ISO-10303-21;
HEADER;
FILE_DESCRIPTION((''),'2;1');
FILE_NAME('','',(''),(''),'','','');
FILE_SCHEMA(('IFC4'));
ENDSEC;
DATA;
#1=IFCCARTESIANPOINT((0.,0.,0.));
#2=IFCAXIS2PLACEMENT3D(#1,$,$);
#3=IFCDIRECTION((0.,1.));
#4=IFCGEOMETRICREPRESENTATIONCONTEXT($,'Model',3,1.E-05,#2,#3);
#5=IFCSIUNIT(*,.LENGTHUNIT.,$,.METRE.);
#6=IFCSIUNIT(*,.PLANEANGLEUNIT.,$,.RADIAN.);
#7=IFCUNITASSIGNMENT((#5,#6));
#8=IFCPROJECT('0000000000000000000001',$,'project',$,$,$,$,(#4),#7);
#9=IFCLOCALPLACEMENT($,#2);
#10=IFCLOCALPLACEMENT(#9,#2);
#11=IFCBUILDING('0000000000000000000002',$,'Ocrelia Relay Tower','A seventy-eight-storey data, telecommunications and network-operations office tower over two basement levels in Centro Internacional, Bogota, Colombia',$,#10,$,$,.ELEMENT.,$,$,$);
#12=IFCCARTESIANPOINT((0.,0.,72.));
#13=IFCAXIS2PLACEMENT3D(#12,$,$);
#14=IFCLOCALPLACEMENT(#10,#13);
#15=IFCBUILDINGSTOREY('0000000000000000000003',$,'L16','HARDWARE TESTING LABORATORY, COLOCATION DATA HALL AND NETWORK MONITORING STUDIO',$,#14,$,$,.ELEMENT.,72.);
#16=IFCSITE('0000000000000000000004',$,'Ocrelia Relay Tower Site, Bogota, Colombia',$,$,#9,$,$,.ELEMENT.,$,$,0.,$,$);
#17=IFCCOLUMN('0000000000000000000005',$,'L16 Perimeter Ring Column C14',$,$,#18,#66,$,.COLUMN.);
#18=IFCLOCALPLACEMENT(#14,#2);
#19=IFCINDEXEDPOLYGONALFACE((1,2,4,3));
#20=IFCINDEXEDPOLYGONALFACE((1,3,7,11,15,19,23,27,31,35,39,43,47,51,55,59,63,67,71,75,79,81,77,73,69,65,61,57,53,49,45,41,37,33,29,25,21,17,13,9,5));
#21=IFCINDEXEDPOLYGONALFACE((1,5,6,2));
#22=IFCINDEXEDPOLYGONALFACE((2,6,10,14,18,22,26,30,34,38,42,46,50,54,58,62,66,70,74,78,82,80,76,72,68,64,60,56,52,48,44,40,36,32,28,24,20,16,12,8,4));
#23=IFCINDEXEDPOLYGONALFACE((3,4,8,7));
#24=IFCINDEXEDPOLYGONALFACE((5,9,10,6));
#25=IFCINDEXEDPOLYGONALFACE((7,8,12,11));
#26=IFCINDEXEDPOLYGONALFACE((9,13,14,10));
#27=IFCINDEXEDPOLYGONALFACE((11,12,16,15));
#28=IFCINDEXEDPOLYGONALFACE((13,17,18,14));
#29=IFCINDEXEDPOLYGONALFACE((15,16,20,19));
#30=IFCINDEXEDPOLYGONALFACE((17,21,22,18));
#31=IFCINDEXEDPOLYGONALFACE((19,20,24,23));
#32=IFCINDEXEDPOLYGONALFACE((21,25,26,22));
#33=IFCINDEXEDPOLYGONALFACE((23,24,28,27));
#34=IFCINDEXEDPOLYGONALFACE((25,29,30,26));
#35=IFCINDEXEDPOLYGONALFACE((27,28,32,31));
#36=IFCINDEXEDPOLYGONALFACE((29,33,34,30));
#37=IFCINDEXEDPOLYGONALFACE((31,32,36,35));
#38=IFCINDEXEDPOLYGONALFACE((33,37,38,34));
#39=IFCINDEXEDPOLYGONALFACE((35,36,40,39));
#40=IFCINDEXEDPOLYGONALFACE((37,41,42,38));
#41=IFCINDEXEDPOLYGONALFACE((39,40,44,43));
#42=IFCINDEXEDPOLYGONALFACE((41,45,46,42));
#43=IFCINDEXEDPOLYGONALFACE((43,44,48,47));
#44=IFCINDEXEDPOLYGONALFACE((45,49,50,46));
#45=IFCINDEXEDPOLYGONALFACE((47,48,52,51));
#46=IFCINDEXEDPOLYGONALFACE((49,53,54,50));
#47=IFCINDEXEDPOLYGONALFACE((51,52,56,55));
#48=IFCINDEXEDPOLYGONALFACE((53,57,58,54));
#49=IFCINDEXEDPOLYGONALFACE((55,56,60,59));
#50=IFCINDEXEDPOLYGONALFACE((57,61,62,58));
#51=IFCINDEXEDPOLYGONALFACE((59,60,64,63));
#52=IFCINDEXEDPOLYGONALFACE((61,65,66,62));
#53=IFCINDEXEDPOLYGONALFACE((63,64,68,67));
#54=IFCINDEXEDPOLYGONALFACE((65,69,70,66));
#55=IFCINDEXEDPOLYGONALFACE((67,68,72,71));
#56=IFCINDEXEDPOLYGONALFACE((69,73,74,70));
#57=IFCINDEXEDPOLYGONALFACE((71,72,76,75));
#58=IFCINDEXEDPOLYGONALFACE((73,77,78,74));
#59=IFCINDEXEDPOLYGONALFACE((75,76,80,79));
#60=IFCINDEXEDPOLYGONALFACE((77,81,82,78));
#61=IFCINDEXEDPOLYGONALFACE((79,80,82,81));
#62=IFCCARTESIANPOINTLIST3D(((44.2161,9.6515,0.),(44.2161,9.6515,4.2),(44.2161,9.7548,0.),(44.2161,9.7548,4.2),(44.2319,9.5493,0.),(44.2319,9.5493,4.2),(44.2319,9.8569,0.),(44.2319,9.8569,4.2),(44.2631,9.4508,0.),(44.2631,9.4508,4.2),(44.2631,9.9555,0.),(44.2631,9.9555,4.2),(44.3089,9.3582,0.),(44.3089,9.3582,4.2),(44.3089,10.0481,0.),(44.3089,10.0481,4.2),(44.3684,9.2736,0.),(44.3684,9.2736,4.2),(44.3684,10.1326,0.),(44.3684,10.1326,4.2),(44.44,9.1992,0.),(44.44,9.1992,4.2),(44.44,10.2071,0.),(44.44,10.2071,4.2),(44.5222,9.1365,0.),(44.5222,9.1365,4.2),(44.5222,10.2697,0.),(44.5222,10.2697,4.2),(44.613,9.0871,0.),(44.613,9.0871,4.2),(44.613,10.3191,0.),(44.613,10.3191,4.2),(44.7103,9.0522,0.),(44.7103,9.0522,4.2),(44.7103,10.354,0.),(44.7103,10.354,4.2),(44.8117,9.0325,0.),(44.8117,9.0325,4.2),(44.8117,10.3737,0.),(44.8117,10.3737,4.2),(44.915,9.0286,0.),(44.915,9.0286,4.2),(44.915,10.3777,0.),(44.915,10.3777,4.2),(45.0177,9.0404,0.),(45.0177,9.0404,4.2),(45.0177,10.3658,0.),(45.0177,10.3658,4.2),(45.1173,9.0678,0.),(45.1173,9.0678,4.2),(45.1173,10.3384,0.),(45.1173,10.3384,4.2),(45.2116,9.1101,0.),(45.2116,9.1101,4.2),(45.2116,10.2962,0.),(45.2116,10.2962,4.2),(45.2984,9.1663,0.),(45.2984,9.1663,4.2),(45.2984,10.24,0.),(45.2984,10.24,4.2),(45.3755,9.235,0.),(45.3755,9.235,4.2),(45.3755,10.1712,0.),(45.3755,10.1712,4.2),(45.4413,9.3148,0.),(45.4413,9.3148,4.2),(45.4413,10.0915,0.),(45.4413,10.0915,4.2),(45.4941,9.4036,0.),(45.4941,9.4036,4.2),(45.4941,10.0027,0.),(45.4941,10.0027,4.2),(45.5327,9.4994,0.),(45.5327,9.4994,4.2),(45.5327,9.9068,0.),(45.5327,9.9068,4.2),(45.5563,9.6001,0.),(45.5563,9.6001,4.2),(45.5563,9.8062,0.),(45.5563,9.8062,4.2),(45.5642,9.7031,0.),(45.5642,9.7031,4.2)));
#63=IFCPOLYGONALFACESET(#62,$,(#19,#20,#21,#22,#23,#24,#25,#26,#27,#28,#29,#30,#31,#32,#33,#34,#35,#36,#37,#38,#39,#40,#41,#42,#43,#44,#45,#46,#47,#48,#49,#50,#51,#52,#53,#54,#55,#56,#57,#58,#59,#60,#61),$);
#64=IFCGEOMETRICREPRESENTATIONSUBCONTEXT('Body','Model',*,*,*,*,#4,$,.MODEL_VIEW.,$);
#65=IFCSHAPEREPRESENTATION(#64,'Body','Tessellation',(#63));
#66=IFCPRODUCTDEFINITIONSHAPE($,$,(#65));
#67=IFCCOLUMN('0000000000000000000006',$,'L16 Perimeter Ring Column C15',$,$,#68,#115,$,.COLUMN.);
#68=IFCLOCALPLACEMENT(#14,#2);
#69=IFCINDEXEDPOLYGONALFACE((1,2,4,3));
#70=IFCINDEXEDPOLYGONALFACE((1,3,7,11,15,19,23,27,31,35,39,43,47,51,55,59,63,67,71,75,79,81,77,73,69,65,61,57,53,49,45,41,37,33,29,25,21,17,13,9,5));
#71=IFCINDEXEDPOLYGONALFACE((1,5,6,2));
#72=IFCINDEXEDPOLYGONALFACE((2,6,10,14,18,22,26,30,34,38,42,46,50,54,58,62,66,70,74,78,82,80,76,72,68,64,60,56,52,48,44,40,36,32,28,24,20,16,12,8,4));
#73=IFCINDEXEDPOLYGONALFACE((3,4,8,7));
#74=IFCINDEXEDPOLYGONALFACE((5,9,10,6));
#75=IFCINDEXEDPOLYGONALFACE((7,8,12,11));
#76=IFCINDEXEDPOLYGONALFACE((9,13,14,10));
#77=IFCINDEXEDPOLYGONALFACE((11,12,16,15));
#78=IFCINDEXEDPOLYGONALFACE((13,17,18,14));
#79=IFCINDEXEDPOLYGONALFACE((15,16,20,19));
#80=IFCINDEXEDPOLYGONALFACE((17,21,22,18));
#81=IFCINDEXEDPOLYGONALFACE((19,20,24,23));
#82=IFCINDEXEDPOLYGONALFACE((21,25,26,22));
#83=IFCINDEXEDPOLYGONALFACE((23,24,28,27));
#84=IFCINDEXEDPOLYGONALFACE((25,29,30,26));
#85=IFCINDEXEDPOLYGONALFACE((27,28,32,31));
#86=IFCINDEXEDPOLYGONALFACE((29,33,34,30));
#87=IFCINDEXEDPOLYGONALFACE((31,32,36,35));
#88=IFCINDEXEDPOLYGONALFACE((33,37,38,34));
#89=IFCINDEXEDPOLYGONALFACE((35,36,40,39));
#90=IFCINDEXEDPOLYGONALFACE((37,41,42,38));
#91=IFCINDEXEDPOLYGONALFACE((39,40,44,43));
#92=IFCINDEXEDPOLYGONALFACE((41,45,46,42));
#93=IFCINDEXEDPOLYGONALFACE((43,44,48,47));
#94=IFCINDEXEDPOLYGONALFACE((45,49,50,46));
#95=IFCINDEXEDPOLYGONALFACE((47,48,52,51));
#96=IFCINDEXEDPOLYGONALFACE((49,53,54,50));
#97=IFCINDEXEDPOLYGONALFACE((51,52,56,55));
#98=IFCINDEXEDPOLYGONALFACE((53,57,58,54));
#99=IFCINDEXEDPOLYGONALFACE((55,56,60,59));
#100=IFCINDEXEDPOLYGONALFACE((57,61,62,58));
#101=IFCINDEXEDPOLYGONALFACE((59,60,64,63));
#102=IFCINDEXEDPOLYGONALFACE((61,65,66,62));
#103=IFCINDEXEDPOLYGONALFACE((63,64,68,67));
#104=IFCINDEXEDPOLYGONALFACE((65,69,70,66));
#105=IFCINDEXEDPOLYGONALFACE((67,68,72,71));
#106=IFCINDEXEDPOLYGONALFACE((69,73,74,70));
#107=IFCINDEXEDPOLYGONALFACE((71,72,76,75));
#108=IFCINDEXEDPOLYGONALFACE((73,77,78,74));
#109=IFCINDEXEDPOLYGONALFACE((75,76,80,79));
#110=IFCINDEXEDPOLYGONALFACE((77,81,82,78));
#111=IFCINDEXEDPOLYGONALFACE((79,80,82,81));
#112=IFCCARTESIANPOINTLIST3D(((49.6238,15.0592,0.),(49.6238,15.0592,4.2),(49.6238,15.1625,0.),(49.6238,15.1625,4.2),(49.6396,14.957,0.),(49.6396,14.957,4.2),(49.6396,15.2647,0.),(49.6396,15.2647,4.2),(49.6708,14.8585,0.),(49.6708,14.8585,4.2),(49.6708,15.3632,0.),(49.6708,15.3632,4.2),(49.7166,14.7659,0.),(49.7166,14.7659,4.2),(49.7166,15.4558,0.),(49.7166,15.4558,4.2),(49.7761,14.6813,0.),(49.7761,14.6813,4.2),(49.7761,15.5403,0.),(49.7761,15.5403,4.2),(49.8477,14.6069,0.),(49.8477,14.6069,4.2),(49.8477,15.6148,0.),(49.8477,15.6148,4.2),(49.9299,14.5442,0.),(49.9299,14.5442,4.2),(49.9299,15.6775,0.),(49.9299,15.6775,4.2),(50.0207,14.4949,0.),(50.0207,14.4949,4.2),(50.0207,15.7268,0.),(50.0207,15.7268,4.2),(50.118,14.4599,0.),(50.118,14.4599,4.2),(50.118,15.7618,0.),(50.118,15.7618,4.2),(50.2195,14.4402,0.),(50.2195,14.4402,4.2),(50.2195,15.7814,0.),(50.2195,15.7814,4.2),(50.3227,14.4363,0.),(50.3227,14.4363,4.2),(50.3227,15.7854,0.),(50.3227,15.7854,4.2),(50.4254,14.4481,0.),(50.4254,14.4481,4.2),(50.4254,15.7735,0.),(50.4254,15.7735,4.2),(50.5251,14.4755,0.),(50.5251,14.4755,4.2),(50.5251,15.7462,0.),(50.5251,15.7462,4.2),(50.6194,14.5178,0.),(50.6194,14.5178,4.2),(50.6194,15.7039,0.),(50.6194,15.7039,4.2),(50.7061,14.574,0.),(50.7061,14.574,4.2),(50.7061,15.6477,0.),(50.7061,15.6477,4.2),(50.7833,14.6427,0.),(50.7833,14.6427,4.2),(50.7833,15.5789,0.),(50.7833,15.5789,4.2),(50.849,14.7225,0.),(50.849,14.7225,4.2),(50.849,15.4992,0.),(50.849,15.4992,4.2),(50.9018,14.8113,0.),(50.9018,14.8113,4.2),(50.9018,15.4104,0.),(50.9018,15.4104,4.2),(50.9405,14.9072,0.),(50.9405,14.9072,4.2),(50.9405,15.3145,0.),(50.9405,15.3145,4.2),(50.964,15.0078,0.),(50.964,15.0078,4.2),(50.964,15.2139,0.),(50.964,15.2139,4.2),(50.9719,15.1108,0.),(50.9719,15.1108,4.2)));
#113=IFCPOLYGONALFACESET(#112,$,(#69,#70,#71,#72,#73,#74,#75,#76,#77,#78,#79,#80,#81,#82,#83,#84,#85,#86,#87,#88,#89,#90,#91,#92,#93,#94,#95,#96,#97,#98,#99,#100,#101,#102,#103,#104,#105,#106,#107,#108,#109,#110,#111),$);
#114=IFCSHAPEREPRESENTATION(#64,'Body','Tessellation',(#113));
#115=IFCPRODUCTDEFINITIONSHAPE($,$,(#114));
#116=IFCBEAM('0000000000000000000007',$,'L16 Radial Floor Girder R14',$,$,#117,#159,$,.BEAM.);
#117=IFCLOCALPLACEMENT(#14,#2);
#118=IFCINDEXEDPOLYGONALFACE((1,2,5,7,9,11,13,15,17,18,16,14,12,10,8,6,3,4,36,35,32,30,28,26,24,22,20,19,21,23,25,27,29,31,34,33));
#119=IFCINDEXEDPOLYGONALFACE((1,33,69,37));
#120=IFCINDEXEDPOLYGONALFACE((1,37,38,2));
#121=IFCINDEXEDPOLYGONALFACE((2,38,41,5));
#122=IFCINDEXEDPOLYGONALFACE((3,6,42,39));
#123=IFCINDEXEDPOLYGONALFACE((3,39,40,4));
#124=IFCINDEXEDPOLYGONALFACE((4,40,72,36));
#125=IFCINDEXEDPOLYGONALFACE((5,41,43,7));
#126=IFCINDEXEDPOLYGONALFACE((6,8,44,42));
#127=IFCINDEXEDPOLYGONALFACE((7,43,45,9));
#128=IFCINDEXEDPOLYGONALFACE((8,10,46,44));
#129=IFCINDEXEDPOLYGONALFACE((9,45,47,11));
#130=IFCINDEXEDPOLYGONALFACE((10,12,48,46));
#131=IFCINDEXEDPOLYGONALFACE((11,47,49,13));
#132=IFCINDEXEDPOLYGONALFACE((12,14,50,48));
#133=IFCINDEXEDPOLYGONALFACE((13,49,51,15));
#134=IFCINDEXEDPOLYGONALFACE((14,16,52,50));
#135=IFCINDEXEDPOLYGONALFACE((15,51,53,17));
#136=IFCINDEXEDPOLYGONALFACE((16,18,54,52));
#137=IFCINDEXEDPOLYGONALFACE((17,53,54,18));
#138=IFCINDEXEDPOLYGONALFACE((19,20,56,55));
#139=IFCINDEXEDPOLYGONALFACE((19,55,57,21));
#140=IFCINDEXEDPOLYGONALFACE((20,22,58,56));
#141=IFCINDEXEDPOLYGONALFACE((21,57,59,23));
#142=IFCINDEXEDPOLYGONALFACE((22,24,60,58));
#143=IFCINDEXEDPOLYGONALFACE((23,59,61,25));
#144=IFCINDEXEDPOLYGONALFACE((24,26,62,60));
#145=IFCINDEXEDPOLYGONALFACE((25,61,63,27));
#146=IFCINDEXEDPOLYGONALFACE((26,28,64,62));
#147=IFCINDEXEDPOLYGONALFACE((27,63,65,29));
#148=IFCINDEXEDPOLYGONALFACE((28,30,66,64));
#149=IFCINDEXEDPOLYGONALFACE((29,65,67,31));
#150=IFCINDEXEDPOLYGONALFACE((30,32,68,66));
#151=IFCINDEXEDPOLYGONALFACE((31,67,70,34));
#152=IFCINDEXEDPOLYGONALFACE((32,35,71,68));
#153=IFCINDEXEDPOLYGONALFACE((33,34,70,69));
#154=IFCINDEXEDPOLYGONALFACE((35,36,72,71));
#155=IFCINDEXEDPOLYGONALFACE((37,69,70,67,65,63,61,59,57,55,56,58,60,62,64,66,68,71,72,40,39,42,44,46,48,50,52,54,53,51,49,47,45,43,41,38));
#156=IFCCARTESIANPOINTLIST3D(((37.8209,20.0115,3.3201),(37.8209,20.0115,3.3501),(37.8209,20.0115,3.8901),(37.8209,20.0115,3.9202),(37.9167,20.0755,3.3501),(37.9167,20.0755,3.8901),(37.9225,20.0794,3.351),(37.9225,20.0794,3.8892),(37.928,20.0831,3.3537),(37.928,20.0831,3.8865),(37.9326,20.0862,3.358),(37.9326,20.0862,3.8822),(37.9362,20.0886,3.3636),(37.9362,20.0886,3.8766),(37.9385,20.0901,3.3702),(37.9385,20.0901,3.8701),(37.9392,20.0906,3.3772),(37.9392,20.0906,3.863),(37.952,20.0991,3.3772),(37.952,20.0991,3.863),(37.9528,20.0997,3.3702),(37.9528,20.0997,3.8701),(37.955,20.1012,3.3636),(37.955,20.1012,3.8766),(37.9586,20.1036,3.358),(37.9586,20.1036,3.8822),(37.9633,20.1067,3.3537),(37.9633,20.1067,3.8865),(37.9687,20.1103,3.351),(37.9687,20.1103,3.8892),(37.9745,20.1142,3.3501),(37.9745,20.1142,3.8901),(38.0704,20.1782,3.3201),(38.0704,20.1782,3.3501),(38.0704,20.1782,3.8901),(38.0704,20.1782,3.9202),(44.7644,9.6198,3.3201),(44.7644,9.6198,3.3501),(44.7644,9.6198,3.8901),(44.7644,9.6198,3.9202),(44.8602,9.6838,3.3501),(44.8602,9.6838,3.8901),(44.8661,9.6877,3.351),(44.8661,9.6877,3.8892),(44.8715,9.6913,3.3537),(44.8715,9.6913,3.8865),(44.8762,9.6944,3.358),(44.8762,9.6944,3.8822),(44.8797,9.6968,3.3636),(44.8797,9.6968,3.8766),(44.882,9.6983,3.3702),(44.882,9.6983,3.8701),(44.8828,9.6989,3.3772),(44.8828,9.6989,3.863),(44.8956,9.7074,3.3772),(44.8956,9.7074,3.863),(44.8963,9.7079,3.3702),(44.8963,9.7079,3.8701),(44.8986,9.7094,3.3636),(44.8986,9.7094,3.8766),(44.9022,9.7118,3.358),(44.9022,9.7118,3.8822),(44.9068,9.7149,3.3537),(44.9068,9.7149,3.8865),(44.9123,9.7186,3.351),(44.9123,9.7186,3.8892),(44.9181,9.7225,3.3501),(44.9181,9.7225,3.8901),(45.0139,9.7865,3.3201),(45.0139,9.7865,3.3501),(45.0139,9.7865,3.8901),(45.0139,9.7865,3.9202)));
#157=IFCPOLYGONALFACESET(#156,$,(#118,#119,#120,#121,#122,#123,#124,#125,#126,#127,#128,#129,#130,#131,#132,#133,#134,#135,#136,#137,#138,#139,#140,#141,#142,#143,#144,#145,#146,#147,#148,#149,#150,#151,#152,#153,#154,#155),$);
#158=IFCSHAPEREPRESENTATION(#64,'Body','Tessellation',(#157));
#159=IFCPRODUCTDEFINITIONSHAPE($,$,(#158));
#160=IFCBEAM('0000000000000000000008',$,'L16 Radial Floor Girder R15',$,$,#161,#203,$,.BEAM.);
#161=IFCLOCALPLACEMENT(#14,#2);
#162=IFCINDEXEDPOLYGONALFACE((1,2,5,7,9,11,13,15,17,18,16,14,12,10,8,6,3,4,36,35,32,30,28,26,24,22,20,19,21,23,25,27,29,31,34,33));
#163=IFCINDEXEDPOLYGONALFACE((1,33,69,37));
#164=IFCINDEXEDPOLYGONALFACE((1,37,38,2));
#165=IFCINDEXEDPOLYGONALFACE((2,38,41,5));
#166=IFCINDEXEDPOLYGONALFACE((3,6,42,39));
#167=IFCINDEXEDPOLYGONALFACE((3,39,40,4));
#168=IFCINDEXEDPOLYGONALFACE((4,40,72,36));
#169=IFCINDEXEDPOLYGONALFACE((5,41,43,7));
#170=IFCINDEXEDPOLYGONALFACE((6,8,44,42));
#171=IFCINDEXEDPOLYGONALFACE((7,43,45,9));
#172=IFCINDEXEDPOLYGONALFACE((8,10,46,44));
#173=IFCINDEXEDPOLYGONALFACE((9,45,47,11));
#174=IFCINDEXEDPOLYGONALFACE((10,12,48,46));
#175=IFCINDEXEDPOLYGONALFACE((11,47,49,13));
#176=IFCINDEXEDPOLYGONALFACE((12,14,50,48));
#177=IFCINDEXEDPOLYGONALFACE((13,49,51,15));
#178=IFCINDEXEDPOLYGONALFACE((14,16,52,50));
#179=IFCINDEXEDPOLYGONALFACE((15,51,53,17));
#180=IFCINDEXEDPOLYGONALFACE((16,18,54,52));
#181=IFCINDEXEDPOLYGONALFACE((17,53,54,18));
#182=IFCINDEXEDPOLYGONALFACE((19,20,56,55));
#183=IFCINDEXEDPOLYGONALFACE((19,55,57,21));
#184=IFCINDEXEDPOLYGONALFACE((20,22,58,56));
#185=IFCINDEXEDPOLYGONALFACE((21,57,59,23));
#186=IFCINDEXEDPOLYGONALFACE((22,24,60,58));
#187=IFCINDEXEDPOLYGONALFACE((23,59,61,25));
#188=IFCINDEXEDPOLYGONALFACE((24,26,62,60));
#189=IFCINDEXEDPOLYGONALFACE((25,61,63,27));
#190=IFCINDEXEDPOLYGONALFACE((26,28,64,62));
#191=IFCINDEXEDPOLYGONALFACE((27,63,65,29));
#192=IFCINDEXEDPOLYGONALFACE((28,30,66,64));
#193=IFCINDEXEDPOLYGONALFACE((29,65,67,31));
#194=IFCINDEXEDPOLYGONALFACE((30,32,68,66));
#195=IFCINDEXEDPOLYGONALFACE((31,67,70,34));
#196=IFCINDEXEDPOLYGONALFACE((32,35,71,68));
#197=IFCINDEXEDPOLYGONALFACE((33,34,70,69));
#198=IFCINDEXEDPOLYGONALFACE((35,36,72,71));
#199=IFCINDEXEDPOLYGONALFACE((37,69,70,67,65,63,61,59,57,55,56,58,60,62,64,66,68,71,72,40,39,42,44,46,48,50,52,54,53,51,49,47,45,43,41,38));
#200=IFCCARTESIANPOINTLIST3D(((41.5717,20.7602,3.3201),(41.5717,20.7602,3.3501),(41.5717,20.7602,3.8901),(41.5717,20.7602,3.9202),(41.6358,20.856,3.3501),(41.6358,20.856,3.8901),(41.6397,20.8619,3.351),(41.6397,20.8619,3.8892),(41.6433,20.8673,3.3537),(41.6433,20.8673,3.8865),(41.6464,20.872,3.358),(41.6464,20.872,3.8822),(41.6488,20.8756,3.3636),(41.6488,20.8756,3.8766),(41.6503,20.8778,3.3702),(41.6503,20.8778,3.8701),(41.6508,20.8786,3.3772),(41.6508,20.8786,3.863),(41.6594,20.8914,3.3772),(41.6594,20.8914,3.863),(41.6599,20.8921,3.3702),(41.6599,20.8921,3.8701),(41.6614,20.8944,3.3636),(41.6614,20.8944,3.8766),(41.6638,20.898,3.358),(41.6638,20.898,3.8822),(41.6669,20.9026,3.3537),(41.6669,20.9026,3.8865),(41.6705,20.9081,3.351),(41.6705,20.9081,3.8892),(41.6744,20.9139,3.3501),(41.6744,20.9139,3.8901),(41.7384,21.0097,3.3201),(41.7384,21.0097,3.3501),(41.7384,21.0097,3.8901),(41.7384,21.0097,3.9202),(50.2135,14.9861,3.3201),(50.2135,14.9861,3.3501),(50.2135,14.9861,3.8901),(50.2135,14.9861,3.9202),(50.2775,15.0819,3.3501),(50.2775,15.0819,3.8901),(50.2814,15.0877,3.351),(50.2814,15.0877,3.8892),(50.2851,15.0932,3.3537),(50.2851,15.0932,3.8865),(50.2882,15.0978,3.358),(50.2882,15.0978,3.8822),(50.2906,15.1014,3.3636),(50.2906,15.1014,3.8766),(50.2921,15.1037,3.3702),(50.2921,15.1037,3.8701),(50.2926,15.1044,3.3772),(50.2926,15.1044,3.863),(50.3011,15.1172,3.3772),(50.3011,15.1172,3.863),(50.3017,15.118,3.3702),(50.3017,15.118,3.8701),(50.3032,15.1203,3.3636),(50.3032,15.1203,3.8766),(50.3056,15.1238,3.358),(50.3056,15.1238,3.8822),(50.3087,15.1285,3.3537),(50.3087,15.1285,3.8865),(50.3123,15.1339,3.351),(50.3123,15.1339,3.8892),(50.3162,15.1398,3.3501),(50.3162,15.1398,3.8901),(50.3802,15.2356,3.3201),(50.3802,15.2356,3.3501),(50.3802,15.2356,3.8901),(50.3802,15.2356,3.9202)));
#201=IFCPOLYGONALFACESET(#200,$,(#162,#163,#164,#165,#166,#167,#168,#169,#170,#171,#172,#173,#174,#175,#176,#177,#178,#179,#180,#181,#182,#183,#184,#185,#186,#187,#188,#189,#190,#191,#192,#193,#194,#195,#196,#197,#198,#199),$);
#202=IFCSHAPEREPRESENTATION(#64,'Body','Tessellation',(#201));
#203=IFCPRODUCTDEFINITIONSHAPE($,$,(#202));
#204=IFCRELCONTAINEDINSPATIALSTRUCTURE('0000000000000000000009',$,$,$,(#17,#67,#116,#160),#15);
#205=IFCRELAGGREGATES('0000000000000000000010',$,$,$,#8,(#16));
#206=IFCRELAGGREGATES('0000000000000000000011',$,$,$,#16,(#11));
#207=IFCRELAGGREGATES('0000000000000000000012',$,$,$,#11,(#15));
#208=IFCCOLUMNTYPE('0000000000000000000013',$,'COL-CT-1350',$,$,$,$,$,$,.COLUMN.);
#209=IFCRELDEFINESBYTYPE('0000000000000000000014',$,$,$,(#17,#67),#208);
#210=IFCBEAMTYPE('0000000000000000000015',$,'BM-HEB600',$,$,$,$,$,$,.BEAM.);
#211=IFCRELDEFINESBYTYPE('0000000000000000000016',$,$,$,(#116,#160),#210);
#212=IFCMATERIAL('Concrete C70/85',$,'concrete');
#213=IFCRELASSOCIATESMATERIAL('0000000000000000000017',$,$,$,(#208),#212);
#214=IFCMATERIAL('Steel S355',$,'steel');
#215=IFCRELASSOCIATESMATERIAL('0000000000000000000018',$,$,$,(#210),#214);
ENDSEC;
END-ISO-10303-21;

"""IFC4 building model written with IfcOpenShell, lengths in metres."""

from ifc_helpers import new_model, si_unit, direction, frame, origin, origin_2d, place, context, subcontext, project, spatial, circle, i_section, extrude, material, material_profile, profile_set, type_object, element, save


model = new_model("IFC4")

# Units and contexts
model_context = context("Model", 3, precision=1e-05, world=origin(), true_north=direction((0.0, 1.0)))
body_context = subcontext(model_context, "Body", "Model", "MODEL_VIEW")
ifc_project = project(units=[si_unit("LENGTHUNIT", "METRE"), si_unit("PLANEANGLEUNIT", "RADIAN")], contexts=[model_context])

# Site, building, storey
site_placement = place(None, origin())
site = spatial("IfcSite", under=ifc_project, at=site_placement, Name="Ocrelia Relay Tower Site, Bogota, Colombia", CompositionType="ELEMENT", RefElevation=0.0)
building_placement = place(site_placement, origin())
building = spatial("IfcBuilding", under=site, at=building_placement, Name="Ocrelia Relay Tower", Description="A seventy-eight-storey data, telecommunications and network-operations office tower over two basement levels in Centro Internacional, Bogota, Colombia", CompositionType="ELEMENT")
storey_placement = place(building_placement, frame((0.0, 0.0, 72.0)))
storey = spatial("IfcBuildingStorey", under=building, at=storey_placement, Name="L16", Description="HARDWARE TESTING LABORATORY, COLOCATION DATA HALL AND NETWORK MONITORING STUDIO", CompositionType="ELEMENT", Elevation=72.0)

# Columns
ifc_material_1 = material(Name="Concrete C70/85", Category="concrete")
ifc_material_profile_1 = material_profile(ifc_material_1, circle(Radius=0.675, at=origin_2d()), Name="RC-CIR-1350")
ifc_profile_set_1 = profile_set([ifc_material_profile_1], Name="Concrete C70/85")
column_type = type_object("IfcColumnType", Name="COL-CT-1350", PredefinedType="COLUMN", material=ifc_profile_set_1)
for number, where, z_axis, x_axis, name in (
    (1, (44.8892, 9.7031, 0.0), (0.0, 0.0, 1.0), (1.0, 0.0, 0.0), "L16 Perimeter Ring Column C14"),
    (2, (50.2969, 15.1108, 0.0), (0.0, 0.0, 1.0), (1.0, 0.0, 0.0), "L16 Perimeter Ring Column C15"),
):
    element("IfcColumn", number, at=place(storey_placement, frame(where, z_axis=z_axis, x_axis=x_axis)), inside=storey, type_object=column_type, Name=name, PredefinedType="COLUMN", context=body_context, shape_type="SweptSolid", body=[
        extrude(circle(Radius=0.675, at=origin_2d()), origin(), (0.0, 0.0, 1.0), 4.2),
    ])

# Beams
ifc_material_2 = material(Name="Steel S355", Category="steel")
ifc_material_profile_2 = material_profile(ifc_material_2, i_section(OverallWidth=0.3, OverallDepth=0.6001, WebThickness=0.0154, FlangeThickness=0.03, FilletRadius=0.0271, at=origin_2d()), Name="HEB 600")
ifc_profile_set_2 = profile_set([ifc_material_profile_2], Name="Steel S355")
beam_type_1 = type_object("IfcBeamType", Name="BM-HEB600", PredefinedType="BEAM", material=ifc_profile_set_2)
beam_1_placement = place(storey_placement, frame((44.8892, 9.7031, 3.6201), z_axis=(-0.55557, 0.83147, 0.0), x_axis=(-0.83147, -0.55557, 0.0)))
element("IfcBeam", 3, at=beam_1_placement, inside=storey, type_object=beam_type_1, Name="L16 Radial Floor Girder R14", PredefinedType="BEAM", context=body_context, shape_type="SweptSolid", body=[
    extrude(i_section(OverallWidth=0.3, OverallDepth=0.6001, WebThickness=0.0154, FlangeThickness=0.03, FilletRadius=0.0271, at=origin_2d()), origin(), (0.0, 0.0, 1.0), 12.498),
])
beam_2_placement = place(storey_placement, frame((50.2969, 15.1108, 3.6201), z_axis=(-0.831475, 0.555562, 0.0), x_axis=(-0.555562, -0.831475, 0.0)))
element("IfcBeam", 4, at=beam_2_placement, inside=storey, type_object=beam_type_1, Name="L16 Radial Floor Girder R15", PredefinedType="BEAM", context=body_context, shape_type="SweptSolid", body=[
    extrude(i_section(OverallWidth=0.3, OverallDepth=0.6001, WebThickness=0.0154, FlangeThickness=0.03, FilletRadius=0.0271, at=origin_2d()), origin(), (0.0, 0.0, 1.0), 10.3933),
])

save(model, "model.ifc")
